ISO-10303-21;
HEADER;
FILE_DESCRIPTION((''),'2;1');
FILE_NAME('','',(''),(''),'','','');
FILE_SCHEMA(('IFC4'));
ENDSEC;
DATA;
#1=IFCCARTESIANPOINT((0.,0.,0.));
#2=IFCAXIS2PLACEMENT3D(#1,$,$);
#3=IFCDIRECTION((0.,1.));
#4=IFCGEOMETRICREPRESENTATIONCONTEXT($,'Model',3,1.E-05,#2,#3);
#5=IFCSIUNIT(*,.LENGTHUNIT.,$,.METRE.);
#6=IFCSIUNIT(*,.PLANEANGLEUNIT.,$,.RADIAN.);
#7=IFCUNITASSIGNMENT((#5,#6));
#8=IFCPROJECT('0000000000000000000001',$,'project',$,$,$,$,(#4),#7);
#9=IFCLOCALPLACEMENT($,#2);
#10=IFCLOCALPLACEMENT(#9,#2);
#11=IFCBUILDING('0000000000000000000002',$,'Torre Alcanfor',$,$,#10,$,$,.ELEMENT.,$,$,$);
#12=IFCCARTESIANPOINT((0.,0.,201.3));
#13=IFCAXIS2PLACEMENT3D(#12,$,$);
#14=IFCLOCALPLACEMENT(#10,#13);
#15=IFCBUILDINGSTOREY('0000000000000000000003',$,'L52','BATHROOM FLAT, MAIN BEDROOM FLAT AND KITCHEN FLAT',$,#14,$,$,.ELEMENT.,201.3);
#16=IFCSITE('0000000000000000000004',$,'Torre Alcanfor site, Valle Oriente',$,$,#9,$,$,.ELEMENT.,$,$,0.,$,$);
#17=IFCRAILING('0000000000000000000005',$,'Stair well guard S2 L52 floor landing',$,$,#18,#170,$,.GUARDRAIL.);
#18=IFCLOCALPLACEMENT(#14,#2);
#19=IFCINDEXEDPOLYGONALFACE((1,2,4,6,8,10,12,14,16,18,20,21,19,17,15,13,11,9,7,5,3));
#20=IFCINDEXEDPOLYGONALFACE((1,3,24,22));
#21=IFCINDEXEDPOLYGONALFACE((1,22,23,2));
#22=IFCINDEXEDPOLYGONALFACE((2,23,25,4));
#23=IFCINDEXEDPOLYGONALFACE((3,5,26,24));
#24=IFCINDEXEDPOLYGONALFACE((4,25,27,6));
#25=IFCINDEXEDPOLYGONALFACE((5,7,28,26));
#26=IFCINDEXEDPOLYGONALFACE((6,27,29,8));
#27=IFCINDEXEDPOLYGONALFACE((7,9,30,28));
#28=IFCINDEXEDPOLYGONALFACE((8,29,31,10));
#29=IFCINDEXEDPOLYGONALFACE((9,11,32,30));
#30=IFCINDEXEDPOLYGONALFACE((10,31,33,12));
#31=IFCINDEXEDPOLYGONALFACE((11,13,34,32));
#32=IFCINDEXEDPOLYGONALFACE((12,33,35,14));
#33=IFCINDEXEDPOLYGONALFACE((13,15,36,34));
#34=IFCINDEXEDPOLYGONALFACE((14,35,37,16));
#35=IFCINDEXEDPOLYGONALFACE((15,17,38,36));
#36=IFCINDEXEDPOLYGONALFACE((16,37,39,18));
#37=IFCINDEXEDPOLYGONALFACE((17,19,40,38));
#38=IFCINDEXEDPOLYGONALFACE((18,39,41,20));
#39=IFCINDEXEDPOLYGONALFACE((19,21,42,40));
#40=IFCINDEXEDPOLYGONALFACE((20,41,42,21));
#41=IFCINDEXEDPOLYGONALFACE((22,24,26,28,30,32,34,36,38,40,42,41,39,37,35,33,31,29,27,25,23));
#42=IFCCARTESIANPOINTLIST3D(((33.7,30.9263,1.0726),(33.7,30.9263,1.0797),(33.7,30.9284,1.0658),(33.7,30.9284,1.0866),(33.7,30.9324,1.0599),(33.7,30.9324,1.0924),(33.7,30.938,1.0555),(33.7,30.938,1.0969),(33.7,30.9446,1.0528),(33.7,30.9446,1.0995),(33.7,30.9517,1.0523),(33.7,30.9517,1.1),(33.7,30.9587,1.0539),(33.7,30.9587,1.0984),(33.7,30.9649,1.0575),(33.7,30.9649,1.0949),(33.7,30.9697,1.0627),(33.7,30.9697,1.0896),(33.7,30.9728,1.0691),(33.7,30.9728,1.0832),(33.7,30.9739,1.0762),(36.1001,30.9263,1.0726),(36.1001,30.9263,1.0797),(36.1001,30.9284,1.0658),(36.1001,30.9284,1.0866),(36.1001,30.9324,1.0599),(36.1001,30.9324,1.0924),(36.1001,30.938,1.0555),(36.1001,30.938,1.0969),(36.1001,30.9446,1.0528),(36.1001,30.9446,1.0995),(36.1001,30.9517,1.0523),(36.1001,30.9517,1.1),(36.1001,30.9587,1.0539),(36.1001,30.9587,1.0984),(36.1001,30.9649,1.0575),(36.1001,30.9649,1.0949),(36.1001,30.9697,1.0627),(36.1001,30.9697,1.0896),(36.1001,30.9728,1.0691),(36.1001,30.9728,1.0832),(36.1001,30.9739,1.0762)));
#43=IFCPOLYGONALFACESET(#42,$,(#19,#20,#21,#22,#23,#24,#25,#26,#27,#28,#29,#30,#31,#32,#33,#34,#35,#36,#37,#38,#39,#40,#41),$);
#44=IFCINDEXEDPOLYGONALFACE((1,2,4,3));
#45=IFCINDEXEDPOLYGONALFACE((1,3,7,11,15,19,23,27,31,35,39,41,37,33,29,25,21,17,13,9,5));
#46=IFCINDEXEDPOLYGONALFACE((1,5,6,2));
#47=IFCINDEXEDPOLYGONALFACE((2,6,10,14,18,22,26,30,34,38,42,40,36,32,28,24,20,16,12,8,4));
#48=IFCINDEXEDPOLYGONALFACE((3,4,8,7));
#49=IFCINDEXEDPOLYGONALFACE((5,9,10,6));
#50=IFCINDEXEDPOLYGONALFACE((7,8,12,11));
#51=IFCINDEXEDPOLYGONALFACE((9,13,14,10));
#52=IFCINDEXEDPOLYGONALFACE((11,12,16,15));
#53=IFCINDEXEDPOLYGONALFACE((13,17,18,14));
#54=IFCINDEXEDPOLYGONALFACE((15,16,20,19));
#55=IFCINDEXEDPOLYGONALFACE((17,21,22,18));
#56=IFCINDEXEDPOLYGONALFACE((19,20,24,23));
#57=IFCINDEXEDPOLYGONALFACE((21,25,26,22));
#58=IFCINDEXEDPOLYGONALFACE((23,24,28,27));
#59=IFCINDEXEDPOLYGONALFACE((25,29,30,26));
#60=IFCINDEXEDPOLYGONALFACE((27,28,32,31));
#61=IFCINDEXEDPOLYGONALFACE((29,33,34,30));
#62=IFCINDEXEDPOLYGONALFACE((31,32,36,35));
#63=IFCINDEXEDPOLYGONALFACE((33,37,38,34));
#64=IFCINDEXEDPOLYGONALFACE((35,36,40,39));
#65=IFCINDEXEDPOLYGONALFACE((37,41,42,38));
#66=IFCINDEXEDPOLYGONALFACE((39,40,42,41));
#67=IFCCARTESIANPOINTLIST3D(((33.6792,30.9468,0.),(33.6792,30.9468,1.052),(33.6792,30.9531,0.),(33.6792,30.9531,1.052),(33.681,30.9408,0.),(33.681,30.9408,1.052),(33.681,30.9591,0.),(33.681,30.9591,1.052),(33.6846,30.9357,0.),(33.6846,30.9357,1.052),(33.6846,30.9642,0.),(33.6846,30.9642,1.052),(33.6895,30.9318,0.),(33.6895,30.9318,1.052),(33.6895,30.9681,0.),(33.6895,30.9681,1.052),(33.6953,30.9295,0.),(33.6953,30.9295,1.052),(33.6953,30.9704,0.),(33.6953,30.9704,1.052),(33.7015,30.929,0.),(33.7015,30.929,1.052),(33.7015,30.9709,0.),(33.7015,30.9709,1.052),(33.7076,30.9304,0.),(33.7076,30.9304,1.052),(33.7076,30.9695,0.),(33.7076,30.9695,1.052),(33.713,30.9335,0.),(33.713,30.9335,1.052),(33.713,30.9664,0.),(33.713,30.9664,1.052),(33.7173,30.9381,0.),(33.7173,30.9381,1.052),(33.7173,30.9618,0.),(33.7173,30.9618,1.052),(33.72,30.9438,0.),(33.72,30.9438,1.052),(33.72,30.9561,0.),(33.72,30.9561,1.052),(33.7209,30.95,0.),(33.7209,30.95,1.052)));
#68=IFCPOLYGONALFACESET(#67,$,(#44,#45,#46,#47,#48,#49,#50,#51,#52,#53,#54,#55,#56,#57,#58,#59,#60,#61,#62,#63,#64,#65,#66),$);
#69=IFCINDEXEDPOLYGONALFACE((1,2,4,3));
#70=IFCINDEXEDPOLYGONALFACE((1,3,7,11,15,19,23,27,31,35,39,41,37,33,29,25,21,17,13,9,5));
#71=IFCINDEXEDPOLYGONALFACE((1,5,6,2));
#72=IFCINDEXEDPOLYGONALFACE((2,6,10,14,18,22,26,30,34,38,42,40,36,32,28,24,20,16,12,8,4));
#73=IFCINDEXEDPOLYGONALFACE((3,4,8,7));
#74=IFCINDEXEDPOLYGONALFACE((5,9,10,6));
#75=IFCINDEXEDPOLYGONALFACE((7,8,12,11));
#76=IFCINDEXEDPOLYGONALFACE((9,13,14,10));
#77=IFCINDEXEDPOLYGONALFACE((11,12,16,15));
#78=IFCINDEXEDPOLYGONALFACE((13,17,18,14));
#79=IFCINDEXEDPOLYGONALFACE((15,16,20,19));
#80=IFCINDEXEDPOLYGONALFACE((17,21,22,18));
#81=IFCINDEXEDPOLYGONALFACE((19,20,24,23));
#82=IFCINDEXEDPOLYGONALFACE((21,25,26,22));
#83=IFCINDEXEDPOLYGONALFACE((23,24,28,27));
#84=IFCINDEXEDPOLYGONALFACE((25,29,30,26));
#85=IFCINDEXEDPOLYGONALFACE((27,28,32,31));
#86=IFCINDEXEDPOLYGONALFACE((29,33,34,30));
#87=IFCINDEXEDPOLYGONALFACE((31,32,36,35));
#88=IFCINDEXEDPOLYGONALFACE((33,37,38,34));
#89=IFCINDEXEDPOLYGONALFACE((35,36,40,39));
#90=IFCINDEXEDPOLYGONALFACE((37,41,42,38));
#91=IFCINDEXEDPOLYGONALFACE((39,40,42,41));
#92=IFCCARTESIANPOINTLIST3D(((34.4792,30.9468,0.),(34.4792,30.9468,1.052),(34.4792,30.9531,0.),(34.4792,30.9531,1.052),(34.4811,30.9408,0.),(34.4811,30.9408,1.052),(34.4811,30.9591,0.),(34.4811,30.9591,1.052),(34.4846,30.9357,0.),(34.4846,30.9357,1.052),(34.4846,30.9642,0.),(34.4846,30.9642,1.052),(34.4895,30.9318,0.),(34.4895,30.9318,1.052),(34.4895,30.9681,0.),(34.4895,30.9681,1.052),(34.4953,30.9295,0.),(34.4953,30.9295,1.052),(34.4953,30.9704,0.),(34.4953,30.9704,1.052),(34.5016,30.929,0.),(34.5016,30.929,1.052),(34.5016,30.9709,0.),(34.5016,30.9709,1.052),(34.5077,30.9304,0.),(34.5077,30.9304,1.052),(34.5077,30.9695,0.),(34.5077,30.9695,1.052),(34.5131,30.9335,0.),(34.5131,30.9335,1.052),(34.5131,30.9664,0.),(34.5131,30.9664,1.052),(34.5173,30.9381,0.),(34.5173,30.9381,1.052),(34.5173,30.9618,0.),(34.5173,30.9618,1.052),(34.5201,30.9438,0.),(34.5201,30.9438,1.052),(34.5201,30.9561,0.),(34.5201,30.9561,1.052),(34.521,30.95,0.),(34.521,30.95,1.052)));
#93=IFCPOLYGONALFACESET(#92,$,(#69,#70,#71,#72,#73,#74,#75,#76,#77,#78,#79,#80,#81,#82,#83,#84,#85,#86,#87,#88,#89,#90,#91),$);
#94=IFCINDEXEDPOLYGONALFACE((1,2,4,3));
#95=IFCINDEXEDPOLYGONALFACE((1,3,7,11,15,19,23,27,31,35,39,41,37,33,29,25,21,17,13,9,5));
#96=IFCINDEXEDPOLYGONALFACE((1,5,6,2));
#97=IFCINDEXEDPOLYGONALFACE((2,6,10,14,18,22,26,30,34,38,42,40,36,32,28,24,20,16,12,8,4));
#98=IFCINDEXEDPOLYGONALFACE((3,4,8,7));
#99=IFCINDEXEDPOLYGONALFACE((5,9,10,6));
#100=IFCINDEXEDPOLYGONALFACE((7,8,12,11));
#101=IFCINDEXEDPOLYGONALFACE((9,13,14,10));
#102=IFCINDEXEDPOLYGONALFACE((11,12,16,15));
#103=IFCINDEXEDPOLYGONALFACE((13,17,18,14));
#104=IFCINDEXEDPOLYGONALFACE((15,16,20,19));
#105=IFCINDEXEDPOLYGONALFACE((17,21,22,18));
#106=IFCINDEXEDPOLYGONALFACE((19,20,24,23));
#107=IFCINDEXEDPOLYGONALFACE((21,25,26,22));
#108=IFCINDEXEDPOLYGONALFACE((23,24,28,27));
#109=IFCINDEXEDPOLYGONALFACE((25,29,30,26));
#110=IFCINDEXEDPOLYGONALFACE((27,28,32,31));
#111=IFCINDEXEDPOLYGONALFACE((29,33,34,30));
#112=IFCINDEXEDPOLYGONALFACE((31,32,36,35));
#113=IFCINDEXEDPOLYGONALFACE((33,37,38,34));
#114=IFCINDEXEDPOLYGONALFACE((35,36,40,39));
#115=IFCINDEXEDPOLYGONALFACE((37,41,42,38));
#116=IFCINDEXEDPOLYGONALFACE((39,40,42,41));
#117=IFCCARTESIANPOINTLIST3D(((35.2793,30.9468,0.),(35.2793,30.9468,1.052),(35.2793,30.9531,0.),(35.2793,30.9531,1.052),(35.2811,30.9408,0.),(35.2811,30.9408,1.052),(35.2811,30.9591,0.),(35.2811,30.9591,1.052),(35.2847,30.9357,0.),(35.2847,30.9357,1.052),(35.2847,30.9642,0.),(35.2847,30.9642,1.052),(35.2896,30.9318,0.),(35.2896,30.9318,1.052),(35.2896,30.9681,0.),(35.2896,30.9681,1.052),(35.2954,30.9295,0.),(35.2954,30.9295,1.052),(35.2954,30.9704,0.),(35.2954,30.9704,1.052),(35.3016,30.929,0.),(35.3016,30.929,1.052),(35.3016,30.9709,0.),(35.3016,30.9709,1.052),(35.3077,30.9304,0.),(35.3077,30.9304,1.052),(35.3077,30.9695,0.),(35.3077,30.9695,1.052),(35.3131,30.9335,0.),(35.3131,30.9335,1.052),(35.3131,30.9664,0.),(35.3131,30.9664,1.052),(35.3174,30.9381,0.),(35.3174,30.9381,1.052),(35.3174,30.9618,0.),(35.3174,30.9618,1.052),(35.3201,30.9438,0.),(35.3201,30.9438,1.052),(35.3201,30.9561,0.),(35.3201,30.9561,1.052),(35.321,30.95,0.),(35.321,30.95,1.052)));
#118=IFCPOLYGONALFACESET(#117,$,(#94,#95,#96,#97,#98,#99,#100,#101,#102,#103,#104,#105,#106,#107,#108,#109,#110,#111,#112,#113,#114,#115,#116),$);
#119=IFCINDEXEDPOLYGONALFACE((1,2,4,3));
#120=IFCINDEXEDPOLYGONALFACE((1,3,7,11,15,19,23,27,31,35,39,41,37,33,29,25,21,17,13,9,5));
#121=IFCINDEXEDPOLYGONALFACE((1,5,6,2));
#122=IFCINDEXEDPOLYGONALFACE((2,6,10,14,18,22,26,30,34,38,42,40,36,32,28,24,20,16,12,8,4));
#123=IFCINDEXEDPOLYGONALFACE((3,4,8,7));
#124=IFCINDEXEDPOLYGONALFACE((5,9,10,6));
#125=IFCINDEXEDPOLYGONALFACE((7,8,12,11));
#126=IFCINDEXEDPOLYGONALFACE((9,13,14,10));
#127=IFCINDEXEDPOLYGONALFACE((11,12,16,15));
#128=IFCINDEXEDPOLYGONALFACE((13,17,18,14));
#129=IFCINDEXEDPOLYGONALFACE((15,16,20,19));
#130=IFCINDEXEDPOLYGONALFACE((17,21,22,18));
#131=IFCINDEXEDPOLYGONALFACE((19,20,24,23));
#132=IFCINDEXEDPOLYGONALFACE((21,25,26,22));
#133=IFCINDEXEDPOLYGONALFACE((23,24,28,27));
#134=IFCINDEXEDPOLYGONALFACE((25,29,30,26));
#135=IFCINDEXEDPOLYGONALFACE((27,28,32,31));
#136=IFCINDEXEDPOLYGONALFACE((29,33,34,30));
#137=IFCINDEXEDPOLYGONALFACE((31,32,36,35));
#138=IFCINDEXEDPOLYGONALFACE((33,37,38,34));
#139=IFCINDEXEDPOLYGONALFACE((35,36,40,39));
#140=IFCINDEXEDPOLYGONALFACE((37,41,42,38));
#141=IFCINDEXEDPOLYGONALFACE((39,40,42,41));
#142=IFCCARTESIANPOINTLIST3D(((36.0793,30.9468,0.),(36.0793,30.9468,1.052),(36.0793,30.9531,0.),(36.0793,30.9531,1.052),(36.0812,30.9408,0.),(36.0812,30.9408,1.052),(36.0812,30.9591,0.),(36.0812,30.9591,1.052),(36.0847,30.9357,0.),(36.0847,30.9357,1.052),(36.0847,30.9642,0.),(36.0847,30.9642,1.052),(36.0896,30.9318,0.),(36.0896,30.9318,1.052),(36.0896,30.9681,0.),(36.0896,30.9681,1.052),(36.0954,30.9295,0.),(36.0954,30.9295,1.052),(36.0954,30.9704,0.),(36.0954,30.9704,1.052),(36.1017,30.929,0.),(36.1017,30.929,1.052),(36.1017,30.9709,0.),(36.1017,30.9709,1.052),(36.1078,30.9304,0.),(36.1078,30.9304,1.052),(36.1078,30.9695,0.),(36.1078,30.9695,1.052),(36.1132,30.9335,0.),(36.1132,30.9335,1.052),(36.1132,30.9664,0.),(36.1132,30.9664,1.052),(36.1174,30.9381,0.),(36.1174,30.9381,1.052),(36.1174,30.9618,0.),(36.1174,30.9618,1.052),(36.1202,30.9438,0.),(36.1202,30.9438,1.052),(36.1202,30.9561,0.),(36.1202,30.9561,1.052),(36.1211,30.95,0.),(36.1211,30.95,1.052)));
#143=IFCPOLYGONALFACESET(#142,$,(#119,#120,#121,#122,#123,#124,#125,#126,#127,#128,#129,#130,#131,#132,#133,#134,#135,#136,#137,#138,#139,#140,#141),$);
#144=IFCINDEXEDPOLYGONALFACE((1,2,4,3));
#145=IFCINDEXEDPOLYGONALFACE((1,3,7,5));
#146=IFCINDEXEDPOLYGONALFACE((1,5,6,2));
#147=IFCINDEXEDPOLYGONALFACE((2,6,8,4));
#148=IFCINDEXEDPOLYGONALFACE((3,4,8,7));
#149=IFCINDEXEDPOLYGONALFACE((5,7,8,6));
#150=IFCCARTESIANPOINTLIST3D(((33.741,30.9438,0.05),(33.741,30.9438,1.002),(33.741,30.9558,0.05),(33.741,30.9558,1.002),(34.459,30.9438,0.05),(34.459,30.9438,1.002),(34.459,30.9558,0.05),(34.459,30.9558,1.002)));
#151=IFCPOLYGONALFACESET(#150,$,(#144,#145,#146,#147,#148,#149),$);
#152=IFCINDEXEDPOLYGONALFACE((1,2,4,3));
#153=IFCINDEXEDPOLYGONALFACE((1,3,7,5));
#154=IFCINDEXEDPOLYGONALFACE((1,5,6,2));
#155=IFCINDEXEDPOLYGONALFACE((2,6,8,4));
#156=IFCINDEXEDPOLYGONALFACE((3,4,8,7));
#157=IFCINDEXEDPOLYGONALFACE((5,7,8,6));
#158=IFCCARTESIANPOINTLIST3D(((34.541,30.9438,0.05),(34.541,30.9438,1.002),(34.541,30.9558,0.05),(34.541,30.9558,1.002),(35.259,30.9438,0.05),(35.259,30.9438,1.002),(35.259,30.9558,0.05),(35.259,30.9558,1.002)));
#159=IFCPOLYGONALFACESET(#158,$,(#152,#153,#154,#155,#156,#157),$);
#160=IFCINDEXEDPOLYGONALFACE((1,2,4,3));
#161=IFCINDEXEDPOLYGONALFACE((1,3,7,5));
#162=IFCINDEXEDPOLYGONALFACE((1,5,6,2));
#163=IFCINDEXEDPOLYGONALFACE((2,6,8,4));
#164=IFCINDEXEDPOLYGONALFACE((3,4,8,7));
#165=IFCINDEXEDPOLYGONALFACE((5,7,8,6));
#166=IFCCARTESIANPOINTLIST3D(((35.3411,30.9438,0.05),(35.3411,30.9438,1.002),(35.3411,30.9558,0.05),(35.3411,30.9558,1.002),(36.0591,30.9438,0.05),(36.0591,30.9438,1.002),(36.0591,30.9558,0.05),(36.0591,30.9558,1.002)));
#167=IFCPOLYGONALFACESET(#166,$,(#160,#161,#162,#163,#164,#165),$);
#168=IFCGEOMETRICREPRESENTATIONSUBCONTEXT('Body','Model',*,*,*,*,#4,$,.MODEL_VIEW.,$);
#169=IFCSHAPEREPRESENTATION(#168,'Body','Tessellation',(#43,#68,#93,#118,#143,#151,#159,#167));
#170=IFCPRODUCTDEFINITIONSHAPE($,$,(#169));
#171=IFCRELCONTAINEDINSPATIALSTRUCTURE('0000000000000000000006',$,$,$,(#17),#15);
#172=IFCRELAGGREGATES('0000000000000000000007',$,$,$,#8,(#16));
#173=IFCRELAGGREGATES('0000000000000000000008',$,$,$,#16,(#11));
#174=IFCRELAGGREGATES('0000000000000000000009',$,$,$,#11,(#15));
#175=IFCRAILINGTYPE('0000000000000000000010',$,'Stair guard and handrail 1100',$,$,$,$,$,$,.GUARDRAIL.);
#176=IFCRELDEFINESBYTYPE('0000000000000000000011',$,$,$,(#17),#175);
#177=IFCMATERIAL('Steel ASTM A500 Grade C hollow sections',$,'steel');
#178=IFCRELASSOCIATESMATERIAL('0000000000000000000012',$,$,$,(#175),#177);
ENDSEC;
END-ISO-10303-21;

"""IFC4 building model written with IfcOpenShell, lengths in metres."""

from ifc_helpers import new_model, si_unit, direction, frame, origin, origin_2d, place, context, subcontext, project, spatial, polyline, circle, outline, extrude, material, type_object, element, save


model = new_model("IFC4")

# Units and contexts
model_context = context("Model", 3, precision=1e-05, world=origin(), true_north=direction((0.0, 1.0)))
body_context = subcontext(model_context, "Body", "Model", "MODEL_VIEW")
ifc_project = project(units=[si_unit("LENGTHUNIT", "METRE"), si_unit("PLANEANGLEUNIT", "RADIAN")], contexts=[model_context])

# Site, building, storey
site_placement = place(None, origin())
site = spatial("IfcSite", under=ifc_project, at=site_placement, Name="Torre Alcanfor site, Valle Oriente", CompositionType="ELEMENT", RefElevation=0.0)
building_placement = place(site_placement, origin())
building = spatial("IfcBuilding", under=site, at=building_placement, Name="Torre Alcanfor", CompositionType="ELEMENT")
storey_placement = place(building_placement, frame((0.0, 0.0, 201.3)))
storey = spatial("IfcBuildingStorey", under=building, at=storey_placement, Name="L52", Description="BATHROOM FLAT, MAIN BEDROOM FLAT AND KITCHEN FLAT", CompositionType="ELEMENT", Elevation=201.3)

# Railing
ifc_material_1 = material(Name="Steel ASTM A500 Grade C hollow sections", Category="steel")
railing_type_1 = type_object("IfcRailingType", Name="Stair guard and handrail 1100", PredefinedType="GUARDRAIL", material=ifc_material_1)
for number, where, name in (
    (1, (33.7, 30.95, 0.0), "Stair well guard S2 L52 floor landing"),
):
    element("IfcRailing", number, at=place(storey_placement, frame(where)), inside=storey, type_object=railing_type_1, Name=name, PredefinedType="GUARDRAIL", context=body_context, shape_type="SweptSolid", body=[
        extrude(circle(Radius=0.0239, at=origin_2d()), frame((0.0, 0.0, 1.0762), z_axis=(1.0, 0.0, 0.0), x_axis=(0.0, 1.0, 0.0)), (0.0, 0.0, 1.0), 2.4001),
        extrude(circle(Radius=0.021, at=origin_2d()), origin(), (0.0, 0.0, 1.0), 1.052),
        extrude(circle(Radius=0.021, at=origin_2d()), frame((0.8, 0.0, 0.0)), (0.0, 0.0, 1.0), 1.052),
        extrude(circle(Radius=0.021, at=origin_2d()), frame((1.6001, 0.0, 0.0)), (0.0, 0.0, 1.0), 1.052),
        extrude(circle(Radius=0.021, at=origin_2d()), frame((2.4001, 0.0, 0.0)), (0.0, 0.0, 1.0), 1.052),
        extrude(outline(polyline([(0.041, 0.05), (0.759, 0.05), (0.759, 1.002), (0.041, 1.002), (0.041, 0.05)])), frame((0.0, 0.0059, 0.0), z_axis=(0.0, -1.0, 0.0), x_axis=(1.0, 0.0, 0.0)), (0.0, 0.0, 1.0), 0.012),
        extrude(outline(polyline([(0.8411, 0.05), (1.5591, 0.05), (1.5591, 1.002), (0.8411, 1.002), (0.8411, 0.05)])), frame((0.0, 0.0059, 0.0), z_axis=(0.0, -1.0, 0.0), x_axis=(1.0, 0.0, 0.0)), (0.0, 0.0, 1.0), 0.012),
        extrude(outline(polyline([(1.6411, 0.05), (2.3591, 0.05), (2.3591, 1.002), (1.6411, 1.002), (1.6411, 0.05)])), frame((0.0, 0.0059, 0.0), z_axis=(0.0, -1.0, 0.0), x_axis=(1.0, 0.0, 0.0)), (0.0, 0.0, 1.0), 0.012),
    ])

save(model, "model.ifc")
